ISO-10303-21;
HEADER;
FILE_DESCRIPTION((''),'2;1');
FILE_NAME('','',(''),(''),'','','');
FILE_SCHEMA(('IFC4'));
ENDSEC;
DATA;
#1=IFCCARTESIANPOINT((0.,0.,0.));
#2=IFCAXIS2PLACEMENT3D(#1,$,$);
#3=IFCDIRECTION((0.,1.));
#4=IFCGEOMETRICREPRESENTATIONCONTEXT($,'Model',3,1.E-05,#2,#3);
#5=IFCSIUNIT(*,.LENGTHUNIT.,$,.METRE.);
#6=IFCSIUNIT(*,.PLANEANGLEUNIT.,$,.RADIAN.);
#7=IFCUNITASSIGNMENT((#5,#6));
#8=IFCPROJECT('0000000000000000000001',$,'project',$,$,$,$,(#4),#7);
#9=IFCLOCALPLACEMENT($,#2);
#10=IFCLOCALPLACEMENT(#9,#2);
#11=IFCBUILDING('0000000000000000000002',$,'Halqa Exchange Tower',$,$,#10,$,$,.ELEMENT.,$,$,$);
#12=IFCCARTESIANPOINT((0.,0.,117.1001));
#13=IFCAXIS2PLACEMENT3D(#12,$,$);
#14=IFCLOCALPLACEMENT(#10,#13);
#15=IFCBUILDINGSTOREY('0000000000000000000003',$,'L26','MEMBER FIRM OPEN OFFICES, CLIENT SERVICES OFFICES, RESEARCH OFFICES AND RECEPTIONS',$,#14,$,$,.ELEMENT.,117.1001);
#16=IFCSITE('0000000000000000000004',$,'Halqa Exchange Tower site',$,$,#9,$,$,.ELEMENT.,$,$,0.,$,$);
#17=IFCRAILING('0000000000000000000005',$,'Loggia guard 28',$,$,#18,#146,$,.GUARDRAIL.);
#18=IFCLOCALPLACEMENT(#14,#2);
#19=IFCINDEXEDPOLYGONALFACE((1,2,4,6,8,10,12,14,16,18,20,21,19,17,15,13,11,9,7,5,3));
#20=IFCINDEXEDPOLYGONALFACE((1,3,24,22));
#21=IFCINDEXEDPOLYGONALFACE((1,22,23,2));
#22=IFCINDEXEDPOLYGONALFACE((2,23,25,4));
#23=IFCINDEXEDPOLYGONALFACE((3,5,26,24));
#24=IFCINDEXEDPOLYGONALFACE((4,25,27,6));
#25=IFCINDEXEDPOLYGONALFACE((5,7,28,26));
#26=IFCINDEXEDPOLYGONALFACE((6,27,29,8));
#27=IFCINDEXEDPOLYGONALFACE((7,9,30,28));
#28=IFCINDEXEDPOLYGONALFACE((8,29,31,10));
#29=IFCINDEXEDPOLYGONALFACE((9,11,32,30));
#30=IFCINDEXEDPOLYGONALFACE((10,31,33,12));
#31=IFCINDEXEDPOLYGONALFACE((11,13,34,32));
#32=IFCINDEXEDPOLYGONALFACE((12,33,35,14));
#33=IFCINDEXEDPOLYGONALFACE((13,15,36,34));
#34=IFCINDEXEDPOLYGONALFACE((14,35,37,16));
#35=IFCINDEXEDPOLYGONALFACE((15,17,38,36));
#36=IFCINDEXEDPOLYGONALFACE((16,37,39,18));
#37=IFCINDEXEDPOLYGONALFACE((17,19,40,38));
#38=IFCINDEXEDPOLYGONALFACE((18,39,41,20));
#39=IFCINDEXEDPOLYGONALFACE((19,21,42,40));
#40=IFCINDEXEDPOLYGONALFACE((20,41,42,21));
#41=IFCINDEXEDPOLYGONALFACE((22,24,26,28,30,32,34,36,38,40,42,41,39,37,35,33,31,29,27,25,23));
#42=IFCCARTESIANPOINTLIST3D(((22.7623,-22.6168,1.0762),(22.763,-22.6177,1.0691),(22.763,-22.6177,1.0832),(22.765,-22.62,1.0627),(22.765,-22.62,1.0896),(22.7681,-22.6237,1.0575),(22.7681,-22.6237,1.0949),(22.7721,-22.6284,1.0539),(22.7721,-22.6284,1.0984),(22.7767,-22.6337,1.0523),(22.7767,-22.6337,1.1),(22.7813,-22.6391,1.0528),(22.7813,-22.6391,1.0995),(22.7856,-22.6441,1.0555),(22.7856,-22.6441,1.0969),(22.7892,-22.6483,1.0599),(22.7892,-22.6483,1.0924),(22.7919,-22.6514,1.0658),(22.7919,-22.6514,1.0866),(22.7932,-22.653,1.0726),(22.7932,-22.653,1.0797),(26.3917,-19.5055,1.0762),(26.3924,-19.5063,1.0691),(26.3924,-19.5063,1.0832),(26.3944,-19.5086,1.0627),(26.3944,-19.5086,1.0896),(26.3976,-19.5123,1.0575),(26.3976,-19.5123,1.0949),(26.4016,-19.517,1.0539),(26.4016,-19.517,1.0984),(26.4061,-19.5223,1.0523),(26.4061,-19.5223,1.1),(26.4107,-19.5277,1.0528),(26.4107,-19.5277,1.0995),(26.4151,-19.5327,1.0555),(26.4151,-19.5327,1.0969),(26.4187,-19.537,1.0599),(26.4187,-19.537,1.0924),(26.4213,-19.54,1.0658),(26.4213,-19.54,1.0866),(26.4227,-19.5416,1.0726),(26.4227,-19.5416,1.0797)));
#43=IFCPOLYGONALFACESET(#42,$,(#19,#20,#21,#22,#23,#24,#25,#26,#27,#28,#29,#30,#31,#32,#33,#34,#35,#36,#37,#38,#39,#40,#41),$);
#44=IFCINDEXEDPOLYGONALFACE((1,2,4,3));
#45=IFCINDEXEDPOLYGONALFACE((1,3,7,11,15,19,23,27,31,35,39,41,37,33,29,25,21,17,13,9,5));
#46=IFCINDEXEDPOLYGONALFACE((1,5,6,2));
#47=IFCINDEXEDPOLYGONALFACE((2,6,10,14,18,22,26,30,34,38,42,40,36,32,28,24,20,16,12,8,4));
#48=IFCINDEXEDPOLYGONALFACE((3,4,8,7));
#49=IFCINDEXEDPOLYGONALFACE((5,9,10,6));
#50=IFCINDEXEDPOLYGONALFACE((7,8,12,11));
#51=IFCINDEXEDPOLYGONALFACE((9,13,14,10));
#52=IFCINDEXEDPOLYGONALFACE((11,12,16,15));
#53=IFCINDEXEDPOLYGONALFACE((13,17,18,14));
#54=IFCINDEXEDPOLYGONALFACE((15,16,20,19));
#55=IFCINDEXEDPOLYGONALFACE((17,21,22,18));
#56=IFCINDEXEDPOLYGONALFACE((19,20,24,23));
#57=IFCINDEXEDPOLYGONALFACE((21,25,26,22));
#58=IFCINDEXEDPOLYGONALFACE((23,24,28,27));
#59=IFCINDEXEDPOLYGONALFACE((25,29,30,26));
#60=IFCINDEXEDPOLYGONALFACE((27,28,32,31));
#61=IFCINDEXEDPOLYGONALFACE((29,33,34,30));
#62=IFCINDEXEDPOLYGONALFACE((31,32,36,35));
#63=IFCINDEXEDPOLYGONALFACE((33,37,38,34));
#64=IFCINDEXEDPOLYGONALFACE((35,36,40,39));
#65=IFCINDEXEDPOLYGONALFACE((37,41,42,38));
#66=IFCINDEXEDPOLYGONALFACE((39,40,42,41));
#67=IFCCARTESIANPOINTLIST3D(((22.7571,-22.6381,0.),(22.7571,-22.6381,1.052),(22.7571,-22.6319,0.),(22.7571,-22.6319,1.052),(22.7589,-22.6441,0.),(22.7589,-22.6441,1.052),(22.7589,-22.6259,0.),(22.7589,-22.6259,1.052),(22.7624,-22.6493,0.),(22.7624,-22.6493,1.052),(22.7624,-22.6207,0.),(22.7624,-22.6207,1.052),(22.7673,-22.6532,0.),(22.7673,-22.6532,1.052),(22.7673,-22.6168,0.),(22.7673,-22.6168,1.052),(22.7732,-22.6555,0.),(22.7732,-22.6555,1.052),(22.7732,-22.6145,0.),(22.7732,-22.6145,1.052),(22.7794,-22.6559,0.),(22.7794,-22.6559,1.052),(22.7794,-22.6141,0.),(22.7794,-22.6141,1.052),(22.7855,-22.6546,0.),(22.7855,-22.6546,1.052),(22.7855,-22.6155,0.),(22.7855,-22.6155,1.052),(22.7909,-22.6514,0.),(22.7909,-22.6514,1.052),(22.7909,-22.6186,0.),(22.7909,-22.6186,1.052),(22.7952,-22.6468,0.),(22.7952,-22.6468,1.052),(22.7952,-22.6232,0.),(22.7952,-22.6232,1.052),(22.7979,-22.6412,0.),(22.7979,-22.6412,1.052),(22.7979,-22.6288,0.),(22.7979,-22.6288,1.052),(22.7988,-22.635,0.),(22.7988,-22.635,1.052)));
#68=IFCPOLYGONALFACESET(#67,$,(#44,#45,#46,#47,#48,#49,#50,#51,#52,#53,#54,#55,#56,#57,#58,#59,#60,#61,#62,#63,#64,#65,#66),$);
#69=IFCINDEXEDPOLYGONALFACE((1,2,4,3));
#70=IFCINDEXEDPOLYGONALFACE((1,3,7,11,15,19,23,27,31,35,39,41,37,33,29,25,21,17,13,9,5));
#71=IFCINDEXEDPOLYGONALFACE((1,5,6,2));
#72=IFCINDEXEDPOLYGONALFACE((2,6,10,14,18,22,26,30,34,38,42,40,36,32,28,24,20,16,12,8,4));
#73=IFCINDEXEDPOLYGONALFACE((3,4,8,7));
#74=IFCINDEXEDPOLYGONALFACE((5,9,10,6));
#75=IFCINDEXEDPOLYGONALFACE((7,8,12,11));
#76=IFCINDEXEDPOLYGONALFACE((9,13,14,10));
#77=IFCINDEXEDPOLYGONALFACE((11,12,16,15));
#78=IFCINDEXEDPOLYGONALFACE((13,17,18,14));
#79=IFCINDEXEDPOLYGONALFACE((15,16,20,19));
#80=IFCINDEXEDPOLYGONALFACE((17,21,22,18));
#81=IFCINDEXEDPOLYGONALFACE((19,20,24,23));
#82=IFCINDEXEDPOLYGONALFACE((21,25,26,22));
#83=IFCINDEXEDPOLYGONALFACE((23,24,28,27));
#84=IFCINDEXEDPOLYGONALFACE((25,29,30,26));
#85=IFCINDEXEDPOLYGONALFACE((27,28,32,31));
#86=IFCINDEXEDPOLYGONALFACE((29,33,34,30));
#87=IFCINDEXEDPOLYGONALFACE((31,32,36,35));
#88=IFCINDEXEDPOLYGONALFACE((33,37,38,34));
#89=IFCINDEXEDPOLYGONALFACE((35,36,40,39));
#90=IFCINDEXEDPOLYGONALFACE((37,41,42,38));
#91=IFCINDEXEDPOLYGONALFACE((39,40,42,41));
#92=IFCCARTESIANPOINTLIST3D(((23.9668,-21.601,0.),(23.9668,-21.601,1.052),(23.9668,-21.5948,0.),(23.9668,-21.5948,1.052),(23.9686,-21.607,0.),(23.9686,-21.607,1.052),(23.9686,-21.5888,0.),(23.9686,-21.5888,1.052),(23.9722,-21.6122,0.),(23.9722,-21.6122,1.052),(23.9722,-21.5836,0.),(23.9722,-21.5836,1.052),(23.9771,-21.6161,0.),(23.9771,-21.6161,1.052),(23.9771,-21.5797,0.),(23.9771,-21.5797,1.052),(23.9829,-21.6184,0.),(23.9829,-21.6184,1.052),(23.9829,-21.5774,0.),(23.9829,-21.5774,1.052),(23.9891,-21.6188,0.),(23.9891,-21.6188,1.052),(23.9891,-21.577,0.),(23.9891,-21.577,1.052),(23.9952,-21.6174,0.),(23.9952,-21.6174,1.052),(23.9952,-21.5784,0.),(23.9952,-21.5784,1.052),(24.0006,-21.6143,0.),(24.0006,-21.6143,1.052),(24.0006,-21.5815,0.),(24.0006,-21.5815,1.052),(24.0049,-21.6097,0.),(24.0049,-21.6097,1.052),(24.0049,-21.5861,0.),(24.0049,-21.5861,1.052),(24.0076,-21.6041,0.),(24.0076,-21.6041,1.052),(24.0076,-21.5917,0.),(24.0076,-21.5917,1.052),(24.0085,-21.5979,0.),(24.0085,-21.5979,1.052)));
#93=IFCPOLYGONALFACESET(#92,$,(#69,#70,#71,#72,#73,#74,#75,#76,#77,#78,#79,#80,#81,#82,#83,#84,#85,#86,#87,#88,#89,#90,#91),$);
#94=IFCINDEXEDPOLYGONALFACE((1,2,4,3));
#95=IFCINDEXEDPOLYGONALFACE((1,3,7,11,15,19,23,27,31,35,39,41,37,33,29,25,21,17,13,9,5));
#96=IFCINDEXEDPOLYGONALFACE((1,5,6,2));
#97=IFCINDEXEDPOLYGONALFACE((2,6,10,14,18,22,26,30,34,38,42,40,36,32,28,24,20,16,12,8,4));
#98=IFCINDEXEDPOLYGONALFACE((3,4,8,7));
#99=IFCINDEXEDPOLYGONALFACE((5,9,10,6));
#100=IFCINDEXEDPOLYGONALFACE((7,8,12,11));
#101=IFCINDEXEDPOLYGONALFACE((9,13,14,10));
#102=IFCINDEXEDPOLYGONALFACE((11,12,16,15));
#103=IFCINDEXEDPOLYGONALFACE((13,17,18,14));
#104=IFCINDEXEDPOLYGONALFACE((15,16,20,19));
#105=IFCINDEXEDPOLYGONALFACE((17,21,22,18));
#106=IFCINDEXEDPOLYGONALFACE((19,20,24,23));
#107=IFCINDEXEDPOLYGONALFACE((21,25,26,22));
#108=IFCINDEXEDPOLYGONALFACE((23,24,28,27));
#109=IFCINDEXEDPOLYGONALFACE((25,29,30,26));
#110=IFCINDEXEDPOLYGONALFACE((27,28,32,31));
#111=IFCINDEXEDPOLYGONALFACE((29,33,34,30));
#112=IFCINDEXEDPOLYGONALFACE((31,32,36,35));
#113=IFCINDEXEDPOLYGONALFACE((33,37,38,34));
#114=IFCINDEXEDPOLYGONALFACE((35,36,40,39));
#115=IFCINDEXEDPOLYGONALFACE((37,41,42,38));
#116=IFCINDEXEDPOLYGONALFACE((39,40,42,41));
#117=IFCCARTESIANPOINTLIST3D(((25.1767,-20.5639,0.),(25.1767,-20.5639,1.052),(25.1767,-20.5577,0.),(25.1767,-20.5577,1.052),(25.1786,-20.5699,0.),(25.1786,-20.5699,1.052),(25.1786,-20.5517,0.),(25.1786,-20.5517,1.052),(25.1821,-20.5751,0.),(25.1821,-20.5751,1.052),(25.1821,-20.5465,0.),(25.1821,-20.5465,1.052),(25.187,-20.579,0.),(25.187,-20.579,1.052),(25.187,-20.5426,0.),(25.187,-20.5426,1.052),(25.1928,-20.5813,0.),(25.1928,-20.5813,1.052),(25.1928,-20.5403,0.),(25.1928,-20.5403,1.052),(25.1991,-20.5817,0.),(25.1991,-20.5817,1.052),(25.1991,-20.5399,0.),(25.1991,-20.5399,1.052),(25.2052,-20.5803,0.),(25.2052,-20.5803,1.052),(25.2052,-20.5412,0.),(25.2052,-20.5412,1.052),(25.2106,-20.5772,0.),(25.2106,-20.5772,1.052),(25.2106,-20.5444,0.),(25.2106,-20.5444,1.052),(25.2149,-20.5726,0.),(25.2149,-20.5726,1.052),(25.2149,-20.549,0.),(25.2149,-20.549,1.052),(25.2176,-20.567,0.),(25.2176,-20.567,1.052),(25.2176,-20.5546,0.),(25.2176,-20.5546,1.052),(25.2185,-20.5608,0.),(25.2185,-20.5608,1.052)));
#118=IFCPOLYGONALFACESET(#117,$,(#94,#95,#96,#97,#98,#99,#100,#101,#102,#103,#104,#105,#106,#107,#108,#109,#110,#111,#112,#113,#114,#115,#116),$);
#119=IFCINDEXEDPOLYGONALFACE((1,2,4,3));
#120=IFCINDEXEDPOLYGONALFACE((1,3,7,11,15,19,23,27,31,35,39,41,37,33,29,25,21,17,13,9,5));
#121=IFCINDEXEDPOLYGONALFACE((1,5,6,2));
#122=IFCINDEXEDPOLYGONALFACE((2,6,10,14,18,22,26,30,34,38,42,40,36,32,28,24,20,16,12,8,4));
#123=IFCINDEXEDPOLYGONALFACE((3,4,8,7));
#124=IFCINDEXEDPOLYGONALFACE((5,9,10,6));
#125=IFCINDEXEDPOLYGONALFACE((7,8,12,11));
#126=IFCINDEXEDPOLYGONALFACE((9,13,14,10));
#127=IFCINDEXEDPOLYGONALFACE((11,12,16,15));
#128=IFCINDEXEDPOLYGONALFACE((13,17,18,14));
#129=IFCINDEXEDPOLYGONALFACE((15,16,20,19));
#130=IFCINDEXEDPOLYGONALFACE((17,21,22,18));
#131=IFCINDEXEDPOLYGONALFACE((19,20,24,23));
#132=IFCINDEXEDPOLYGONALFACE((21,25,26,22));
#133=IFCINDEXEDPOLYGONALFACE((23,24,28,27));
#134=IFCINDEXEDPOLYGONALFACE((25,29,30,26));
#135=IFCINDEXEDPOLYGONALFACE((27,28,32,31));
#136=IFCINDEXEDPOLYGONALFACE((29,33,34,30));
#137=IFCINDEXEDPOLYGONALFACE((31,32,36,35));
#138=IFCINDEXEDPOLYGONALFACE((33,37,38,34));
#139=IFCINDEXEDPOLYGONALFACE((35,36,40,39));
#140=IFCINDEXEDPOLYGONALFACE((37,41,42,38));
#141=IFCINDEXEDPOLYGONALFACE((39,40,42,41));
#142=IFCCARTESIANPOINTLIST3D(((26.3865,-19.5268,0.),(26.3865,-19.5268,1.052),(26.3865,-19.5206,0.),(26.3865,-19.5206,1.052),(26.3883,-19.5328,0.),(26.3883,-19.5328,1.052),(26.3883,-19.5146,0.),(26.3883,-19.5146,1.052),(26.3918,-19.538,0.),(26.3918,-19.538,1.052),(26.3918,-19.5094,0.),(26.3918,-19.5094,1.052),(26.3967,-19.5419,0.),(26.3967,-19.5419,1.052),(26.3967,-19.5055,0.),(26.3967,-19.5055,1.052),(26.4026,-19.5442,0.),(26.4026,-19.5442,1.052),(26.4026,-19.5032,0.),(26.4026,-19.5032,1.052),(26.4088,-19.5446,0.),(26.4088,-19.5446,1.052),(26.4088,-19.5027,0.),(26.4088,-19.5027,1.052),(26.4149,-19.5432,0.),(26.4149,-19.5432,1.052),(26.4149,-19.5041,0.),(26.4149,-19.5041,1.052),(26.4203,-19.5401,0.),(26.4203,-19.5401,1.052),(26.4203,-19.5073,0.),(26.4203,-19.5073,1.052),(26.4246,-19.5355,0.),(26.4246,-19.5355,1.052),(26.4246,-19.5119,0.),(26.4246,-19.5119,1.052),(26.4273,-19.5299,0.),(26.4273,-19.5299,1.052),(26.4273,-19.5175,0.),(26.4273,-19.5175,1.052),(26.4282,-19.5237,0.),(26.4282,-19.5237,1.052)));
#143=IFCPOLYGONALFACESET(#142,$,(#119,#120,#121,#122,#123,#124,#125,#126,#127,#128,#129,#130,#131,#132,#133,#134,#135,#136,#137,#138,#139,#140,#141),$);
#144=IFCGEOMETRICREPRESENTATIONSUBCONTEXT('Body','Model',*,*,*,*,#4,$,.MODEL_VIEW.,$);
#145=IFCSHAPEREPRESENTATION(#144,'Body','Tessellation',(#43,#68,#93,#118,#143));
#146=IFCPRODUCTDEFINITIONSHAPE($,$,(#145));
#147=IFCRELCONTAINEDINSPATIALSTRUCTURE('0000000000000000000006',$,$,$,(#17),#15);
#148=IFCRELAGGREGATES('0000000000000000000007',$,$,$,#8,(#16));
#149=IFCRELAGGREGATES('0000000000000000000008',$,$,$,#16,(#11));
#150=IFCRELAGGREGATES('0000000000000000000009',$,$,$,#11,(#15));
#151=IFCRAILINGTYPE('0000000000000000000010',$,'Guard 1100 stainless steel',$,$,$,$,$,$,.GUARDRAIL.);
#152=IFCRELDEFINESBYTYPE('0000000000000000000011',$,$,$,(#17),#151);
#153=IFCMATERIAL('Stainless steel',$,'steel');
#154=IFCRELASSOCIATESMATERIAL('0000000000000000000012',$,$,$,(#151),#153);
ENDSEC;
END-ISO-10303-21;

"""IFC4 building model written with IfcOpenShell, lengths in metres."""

from ifc_helpers import new_model, si_unit, direction, frame, origin, origin_2d, place, context, subcontext, project, spatial, circle, extrude, material, type_object, element, save


model = new_model("IFC4")

# Units and contexts
model_context = context("Model", 3, precision=1e-05, world=origin(), true_north=direction((0.0, 1.0)))
body_context = subcontext(model_context, "Body", "Model", "MODEL_VIEW")
ifc_project = project(units=[si_unit("LENGTHUNIT", "METRE"), si_unit("PLANEANGLEUNIT", "RADIAN")], contexts=[model_context])

# Site, building, storey
site_placement = place(None, origin())
site = spatial("IfcSite", under=ifc_project, at=site_placement, Name="Halqa Exchange Tower site", CompositionType="ELEMENT", RefElevation=0.0)
building_placement = place(site_placement, origin())
building = spatial("IfcBuilding", under=site, at=building_placement, Name="Halqa Exchange Tower", CompositionType="ELEMENT")
storey_placement = place(building_placement, frame((0.0, 0.0, 117.1001)))
storey = spatial("IfcBuildingStorey", under=building, at=storey_placement, Name="L26", Description="MEMBER FIRM OPEN OFFICES, CLIENT SERVICES OFFICES, RESEARCH OFFICES AND RECEPTIONS", CompositionType="ELEMENT", Elevation=117.1001)

# Railing
ifc_material_1 = material(Name="Stainless steel", Category="steel")
railing_type = type_object("IfcRailingType", Name="Guard 1100 stainless steel", PredefinedType="GUARDRAIL", material=ifc_material_1)
railing_1_placement = place(storey_placement, frame((22.7778, -22.635, 0.0)))
element("IfcRailing", 1, at=railing_1_placement, inside=storey, type_object=railing_type, Name="Loggia guard 28", PredefinedType="GUARDRAIL", context=body_context, shape_type="SweptSolid", body=[
    extrude(circle(Radius=0.0239, at=origin_2d()), frame((0.0, 0.0, 1.0762), z_axis=(0.759213, 0.650842, 0.0), x_axis=(-0.650842, 0.759213, 0.0)), (0.0, 0.0, 1.0), 4.7805),
    extrude(circle(Radius=0.021, at=origin_2d()), origin(), (0.0, 0.0, 1.0), 1.052),
    extrude(circle(Radius=0.021, at=origin_2d()), frame((1.2097, 1.0371, 0.0)), (0.0, 0.0, 1.0), 1.052),
    extrude(circle(Radius=0.021, at=origin_2d()), frame((2.4197, 2.0742, 0.0)), (0.0, 0.0, 1.0), 1.052),
    extrude(circle(Radius=0.021, at=origin_2d()), frame((3.6294, 3.1113, 0.0)), (0.0, 0.0, 1.0), 1.052),
])

save(model, "model.ifc")
